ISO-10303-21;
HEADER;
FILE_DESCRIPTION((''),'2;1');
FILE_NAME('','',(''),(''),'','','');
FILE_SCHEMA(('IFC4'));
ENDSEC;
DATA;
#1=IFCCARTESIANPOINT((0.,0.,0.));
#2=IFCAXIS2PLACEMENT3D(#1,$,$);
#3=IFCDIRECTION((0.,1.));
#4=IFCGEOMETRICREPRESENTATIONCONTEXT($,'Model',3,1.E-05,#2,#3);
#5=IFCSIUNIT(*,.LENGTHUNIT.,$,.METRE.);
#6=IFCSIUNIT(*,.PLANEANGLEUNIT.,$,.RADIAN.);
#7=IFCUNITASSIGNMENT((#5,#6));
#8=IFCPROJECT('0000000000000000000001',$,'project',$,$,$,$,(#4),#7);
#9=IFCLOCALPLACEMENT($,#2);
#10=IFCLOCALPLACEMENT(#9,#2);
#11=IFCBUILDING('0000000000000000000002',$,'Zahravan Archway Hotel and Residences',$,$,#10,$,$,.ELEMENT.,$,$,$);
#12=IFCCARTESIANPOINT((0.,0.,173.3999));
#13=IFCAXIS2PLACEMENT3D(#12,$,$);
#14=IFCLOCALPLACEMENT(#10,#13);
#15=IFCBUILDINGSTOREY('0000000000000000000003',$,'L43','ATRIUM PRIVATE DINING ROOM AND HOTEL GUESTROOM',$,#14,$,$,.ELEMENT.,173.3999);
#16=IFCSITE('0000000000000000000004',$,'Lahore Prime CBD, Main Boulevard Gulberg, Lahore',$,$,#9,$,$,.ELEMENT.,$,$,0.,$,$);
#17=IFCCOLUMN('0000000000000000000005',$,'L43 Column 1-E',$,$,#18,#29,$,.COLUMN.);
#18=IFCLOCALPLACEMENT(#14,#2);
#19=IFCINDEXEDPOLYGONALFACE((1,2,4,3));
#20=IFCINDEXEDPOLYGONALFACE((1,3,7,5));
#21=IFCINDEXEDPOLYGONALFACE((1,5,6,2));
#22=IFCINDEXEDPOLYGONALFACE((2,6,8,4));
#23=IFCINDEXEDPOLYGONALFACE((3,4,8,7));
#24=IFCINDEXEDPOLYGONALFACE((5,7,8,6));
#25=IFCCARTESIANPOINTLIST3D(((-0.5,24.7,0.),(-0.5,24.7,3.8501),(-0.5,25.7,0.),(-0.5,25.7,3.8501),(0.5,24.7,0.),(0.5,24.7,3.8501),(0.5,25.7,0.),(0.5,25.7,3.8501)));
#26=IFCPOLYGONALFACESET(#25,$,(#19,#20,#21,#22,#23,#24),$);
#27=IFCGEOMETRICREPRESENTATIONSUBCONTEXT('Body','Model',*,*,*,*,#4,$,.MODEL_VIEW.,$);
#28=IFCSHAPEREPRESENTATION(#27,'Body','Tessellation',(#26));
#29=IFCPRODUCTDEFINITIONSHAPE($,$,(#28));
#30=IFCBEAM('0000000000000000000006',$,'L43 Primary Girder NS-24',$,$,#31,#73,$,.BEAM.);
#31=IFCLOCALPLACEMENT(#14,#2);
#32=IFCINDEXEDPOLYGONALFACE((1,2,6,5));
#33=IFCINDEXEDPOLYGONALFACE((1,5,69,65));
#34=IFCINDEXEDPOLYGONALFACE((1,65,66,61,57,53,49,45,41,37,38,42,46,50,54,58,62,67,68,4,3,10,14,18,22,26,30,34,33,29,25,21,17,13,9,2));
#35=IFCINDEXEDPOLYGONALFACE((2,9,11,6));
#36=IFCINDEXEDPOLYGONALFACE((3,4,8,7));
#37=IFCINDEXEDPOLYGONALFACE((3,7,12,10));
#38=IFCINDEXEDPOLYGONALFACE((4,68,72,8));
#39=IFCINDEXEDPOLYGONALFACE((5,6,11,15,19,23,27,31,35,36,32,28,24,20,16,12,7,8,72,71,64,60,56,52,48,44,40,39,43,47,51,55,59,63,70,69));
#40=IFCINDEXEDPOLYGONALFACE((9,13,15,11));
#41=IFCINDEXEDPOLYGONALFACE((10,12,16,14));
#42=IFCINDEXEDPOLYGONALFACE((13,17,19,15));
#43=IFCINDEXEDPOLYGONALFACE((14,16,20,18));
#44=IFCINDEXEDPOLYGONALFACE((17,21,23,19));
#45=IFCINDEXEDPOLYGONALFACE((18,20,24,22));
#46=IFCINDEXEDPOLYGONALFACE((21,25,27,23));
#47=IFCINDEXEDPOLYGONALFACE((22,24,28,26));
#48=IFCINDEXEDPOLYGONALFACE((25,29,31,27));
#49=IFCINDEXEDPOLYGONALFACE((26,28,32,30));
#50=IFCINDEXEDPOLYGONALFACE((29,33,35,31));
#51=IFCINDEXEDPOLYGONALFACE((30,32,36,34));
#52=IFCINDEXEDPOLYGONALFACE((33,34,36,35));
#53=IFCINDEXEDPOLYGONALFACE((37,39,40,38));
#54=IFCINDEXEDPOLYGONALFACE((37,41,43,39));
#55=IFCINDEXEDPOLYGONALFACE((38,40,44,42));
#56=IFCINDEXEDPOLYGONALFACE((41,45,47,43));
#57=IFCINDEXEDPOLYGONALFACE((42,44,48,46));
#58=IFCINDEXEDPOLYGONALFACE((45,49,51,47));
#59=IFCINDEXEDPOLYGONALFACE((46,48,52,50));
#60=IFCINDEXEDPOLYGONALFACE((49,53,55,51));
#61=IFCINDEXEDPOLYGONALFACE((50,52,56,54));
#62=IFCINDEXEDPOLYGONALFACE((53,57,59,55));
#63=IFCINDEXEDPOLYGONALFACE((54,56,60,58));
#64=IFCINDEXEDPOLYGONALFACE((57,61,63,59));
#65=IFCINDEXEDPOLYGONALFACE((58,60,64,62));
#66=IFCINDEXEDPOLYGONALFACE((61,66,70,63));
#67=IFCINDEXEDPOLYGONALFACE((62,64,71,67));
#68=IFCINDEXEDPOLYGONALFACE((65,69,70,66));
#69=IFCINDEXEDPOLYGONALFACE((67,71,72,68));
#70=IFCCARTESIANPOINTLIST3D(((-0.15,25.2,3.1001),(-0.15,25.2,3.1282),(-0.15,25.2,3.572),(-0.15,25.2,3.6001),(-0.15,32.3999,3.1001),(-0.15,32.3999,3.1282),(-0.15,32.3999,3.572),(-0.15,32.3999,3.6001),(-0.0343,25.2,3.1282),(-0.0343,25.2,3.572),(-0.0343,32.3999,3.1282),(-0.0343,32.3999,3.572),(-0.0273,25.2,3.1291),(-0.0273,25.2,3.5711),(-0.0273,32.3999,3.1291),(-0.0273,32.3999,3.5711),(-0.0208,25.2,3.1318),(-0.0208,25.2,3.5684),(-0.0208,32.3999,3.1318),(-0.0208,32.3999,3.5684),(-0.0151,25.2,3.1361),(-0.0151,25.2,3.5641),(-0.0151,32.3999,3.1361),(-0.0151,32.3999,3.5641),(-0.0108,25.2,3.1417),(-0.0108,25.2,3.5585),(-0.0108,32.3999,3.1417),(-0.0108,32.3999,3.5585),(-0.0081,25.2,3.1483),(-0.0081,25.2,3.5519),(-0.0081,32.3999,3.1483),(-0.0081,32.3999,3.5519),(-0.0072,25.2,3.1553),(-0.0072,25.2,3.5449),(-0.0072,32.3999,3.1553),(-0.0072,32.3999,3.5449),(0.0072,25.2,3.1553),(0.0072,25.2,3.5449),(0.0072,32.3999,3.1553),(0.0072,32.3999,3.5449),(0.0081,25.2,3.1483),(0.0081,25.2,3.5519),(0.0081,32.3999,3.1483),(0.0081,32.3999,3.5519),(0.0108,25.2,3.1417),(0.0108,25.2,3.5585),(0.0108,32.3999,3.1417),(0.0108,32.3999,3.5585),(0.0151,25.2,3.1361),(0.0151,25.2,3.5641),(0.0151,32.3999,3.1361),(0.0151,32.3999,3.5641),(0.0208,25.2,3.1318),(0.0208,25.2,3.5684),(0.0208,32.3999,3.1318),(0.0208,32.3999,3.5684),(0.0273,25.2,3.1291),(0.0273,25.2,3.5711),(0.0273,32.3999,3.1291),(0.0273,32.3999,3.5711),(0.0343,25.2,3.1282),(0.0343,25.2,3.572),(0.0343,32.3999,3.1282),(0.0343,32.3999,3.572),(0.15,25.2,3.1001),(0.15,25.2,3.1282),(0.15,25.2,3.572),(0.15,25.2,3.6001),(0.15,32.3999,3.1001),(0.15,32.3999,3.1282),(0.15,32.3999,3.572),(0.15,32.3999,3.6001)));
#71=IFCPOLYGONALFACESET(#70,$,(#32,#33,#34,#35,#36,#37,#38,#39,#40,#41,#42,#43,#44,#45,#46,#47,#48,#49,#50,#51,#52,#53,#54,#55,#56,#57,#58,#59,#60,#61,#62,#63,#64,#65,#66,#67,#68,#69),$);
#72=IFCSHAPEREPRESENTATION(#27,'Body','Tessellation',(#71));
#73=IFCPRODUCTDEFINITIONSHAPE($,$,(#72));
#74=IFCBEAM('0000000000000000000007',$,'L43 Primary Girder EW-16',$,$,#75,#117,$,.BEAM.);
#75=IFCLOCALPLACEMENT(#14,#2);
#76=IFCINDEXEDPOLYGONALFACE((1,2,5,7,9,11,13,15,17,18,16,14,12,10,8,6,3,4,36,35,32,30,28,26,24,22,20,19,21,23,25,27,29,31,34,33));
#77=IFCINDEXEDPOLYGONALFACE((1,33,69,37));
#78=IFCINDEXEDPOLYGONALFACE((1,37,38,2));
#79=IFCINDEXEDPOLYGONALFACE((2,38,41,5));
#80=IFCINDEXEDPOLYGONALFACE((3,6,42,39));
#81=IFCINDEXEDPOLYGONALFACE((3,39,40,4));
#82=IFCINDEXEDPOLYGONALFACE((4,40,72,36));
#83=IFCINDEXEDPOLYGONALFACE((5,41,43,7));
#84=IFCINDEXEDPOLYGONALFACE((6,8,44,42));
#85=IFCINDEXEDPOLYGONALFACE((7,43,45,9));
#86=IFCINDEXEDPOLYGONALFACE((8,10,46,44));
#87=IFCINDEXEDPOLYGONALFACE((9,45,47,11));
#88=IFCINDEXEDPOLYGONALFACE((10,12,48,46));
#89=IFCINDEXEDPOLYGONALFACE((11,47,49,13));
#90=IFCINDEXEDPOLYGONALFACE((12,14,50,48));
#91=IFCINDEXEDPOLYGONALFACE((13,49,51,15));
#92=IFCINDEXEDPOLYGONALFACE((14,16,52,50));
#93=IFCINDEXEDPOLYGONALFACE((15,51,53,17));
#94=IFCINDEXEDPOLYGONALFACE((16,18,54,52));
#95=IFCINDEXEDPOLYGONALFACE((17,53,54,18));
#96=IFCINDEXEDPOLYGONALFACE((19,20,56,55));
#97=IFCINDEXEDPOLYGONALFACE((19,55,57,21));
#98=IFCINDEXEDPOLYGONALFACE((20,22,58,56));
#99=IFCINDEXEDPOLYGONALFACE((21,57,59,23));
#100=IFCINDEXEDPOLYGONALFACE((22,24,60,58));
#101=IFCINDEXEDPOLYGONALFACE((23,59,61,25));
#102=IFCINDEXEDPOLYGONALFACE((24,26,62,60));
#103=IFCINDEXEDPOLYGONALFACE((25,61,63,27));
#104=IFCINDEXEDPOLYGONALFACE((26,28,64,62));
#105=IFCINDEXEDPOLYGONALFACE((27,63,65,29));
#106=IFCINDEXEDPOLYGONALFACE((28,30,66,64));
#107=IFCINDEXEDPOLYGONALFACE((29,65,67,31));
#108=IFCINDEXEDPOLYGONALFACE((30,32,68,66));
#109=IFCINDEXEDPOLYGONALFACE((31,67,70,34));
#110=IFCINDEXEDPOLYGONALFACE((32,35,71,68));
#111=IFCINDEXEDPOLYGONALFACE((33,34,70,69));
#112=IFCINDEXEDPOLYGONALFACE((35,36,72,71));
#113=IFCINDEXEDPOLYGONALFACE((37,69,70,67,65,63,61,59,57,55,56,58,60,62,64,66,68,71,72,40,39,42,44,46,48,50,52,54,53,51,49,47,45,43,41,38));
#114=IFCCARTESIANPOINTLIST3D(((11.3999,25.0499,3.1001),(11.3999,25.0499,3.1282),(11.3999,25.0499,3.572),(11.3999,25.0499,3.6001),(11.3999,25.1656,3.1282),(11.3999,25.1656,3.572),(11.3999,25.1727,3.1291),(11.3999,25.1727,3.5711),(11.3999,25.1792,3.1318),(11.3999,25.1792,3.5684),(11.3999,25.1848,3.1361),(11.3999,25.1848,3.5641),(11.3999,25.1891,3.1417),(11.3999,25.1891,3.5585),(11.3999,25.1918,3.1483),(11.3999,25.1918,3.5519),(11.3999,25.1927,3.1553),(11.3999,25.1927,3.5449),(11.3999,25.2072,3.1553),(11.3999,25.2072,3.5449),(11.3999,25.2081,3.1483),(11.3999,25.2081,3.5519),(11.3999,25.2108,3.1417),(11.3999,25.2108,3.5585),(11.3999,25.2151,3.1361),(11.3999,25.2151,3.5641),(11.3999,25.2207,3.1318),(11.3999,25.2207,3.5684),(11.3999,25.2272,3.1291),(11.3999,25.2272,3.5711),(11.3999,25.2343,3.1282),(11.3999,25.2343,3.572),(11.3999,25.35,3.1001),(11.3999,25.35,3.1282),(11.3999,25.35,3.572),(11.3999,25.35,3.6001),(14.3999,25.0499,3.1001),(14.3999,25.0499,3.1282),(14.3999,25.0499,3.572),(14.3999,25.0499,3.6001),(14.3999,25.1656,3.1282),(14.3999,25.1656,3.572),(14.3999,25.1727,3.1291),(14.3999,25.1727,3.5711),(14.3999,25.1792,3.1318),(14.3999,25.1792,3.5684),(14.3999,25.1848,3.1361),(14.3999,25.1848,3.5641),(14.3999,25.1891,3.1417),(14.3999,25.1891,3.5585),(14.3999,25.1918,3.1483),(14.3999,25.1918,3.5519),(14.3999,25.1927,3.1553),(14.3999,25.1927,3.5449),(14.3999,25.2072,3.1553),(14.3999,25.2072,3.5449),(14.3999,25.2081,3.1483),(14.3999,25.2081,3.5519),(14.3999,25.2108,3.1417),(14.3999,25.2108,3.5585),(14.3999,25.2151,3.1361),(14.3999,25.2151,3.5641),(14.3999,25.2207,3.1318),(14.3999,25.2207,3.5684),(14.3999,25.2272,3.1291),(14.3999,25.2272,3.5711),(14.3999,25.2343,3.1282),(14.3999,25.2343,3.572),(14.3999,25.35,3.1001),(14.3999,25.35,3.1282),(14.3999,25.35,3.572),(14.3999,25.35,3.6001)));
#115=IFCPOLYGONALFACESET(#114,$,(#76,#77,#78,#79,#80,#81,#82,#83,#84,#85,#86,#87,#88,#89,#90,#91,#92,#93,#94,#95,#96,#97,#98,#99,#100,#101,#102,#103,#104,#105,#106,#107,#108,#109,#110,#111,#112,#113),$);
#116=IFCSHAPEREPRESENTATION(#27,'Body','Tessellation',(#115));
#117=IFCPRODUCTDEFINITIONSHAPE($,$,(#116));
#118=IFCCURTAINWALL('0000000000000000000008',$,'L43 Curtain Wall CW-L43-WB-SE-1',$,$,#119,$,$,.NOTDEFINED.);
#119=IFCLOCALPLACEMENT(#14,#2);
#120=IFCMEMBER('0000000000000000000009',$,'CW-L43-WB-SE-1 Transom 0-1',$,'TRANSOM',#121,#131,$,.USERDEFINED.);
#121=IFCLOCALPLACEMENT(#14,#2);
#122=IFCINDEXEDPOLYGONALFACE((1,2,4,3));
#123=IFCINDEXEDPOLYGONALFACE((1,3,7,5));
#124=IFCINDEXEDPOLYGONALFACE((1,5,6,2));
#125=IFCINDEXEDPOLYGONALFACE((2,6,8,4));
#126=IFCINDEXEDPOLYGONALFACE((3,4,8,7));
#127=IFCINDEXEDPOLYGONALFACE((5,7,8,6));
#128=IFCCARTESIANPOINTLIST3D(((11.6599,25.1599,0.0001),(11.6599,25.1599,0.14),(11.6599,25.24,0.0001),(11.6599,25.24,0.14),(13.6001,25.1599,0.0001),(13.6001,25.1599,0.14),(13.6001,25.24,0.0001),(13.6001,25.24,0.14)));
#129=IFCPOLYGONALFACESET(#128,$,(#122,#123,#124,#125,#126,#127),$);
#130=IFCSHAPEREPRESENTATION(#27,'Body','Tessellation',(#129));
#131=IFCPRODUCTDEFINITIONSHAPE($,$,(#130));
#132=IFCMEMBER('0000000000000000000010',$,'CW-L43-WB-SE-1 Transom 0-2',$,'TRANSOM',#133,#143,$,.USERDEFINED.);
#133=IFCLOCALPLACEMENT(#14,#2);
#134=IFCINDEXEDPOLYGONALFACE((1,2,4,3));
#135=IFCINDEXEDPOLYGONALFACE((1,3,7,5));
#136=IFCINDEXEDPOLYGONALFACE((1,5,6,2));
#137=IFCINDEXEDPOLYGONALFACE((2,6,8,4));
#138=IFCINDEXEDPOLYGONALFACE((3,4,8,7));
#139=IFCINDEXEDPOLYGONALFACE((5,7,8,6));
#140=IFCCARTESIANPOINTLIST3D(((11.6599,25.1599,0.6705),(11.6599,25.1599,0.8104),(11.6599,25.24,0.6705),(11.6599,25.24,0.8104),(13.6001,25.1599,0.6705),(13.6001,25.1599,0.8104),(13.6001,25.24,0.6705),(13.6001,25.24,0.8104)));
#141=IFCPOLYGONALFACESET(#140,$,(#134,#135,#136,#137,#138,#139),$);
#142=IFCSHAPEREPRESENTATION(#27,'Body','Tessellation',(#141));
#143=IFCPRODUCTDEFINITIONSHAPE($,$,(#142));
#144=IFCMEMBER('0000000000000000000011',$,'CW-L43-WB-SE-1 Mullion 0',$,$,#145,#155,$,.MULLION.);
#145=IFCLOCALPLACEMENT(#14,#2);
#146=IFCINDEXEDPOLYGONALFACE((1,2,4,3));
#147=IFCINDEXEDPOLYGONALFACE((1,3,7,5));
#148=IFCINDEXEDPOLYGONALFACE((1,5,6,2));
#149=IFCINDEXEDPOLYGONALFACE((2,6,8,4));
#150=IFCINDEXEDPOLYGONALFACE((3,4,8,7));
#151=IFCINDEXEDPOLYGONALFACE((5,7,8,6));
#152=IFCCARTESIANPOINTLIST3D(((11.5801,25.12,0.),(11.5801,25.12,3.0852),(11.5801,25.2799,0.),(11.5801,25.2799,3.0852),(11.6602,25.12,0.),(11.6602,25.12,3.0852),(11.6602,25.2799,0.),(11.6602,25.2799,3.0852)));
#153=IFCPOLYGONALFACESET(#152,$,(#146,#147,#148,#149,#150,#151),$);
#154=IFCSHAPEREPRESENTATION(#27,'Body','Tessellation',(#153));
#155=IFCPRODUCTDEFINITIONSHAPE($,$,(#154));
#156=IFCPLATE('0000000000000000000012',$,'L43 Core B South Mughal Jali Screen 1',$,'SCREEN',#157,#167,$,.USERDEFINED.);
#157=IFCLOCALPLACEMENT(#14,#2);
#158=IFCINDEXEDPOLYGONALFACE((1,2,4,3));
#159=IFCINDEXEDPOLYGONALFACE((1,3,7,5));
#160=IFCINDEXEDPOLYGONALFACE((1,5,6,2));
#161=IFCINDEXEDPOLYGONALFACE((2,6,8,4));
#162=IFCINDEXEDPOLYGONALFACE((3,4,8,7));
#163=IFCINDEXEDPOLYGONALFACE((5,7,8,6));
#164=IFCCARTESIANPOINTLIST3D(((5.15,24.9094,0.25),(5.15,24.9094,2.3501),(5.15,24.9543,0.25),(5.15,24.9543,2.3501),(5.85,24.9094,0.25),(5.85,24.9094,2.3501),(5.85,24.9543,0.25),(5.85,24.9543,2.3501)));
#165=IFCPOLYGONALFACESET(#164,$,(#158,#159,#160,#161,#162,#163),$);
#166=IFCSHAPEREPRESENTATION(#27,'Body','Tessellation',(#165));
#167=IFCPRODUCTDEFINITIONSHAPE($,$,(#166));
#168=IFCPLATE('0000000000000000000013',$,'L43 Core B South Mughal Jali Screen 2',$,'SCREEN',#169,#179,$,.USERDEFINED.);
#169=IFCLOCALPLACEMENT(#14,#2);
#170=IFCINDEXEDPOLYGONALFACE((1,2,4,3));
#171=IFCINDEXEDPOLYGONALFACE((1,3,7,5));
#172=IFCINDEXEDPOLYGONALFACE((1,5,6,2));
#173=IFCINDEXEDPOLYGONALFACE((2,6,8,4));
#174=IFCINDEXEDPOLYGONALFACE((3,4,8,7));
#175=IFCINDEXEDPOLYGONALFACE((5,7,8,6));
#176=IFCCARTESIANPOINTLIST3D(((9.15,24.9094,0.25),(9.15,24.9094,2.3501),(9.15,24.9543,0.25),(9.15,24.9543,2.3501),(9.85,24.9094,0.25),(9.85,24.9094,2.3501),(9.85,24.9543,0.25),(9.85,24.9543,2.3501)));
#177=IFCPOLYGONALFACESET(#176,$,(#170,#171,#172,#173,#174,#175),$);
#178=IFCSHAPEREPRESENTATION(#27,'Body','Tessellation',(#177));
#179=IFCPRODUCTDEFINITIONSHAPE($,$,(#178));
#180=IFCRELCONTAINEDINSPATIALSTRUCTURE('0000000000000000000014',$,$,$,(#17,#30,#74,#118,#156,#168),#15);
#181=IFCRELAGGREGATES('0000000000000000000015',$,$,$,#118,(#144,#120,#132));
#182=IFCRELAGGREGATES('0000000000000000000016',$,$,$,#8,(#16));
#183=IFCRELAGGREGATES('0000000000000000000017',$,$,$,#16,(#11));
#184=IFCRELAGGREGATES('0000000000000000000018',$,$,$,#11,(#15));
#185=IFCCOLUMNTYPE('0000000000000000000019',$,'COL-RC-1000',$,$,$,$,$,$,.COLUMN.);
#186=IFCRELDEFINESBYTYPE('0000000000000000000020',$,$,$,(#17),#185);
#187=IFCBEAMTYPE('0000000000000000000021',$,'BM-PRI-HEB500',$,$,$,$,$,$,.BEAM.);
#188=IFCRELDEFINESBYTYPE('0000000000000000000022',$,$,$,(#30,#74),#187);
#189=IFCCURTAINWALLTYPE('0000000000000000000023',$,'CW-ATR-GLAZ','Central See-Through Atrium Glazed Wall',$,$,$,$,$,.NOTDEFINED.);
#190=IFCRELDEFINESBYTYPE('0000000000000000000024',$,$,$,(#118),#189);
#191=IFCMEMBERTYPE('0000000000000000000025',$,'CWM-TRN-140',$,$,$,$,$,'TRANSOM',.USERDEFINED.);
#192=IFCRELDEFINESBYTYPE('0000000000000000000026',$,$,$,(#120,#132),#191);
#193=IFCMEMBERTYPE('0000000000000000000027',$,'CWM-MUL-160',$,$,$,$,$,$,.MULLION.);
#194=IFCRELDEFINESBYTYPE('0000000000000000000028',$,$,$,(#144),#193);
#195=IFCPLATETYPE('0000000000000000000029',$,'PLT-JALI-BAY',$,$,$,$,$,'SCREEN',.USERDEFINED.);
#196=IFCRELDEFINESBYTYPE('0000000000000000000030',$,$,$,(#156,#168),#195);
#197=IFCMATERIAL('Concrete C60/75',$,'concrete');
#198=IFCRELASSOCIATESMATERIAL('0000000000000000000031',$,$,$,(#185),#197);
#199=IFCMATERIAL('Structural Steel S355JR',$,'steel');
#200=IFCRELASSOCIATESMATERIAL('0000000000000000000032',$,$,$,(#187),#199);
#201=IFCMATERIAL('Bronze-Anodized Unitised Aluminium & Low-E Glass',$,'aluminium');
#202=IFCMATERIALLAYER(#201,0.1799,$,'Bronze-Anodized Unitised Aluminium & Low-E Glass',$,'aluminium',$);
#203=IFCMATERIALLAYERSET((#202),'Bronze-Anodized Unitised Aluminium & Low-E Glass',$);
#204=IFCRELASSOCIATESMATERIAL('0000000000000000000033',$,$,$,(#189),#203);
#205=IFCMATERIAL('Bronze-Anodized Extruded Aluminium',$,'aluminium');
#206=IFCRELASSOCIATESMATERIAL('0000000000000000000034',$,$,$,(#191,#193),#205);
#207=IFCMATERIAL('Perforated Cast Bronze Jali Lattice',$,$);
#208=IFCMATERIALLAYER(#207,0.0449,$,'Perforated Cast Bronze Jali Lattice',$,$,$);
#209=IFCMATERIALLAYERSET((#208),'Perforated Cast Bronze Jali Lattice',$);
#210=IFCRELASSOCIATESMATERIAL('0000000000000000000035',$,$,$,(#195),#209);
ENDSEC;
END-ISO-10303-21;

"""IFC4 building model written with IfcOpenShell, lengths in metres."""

from ifc_helpers import new_model, si_unit, direction, frame, origin, origin_2d, place, context, subcontext, project, spatial, rectangle, i_section, extrude, source, transform, mapped, material, layer, layer_set, material_profile, profile_set, type_object, type_shapes, element, aggregate, save


model = new_model("IFC4")

# Units and contexts
model_context = context("Model", 3, precision=1e-05, world=origin(), true_north=direction((0.0, 1.0)))
body_context = subcontext(model_context, "Body", "Model", "MODEL_VIEW")
ifc_project = project(units=[si_unit("LENGTHUNIT", "METRE"), si_unit("PLANEANGLEUNIT", "RADIAN")], contexts=[model_context])

# Site, building, storey
site_placement = place(None, origin())
site = spatial("IfcSite", under=ifc_project, at=site_placement, Name="Lahore Prime CBD, Main Boulevard Gulberg, Lahore", CompositionType="ELEMENT", RefElevation=0.0)
building_placement = place(site_placement, origin())
building = spatial("IfcBuilding", under=site, at=building_placement, Name="Zahravan Archway Hotel and Residences", CompositionType="ELEMENT")
storey_placement = place(building_placement, frame((0.0, 0.0, 173.3999)))
storey = spatial("IfcBuildingStorey", under=building, at=storey_placement, Name="L43", Description="ATRIUM PRIVATE DINING ROOM AND HOTEL GUESTROOM", CompositionType="ELEMENT", Elevation=173.3999)

# Column
ifc_material_1 = material(Name="Concrete C60/75", Category="concrete")
ifc_material_profile_1 = material_profile(ifc_material_1, rectangle(XDim=1.0, YDim=1.0, at=origin_2d()), Name="RC-COL-1000x1000", Category="concrete")
ifc_profile_set_1 = profile_set([ifc_material_profile_1], Name="Concrete C60/75")
column_type = type_object("IfcColumnType", Name="COL-RC-1000", PredefinedType="COLUMN", material=ifc_profile_set_1)
shared_shape_1 = source(origin(), body_context, "Body", "SweptSolid", [
    extrude(rectangle(XDim=1.0, YDim=1.0, at=origin_2d()), origin(), (0.0, 0.0, 1.0), 3.8501),
])
column_placement = place(storey_placement, frame((0.0, 25.2, 0.0), z_axis=(0.0, 0.0, 1.0), x_axis=(1.0, 0.0, 0.0)))
element("IfcColumn", 1, at=column_placement, inside=storey, type_object=column_type, Name="L43 Column 1-E", PredefinedType="COLUMN", context=body_context, shape_type="MappedRepresentation", body=[
    mapped(shared_shape_1, transform((0.0, 0.0, 0.0), scale=1.0)),
])

# Beams
ifc_material_2 = material(Name="Structural Steel S355JR", Category="steel")
ifc_material_profile_2 = material_profile(ifc_material_2, i_section(OverallWidth=0.3, OverallDepth=0.5, WebThickness=0.0144, FlangeThickness=0.0281, FilletRadius=0.0271, at=origin_2d()), Name="HEB 500", Category="steel")
ifc_profile_set_2 = profile_set([ifc_material_profile_2], Name="Structural Steel S355JR")
beam_type = type_object("IfcBeamType", Name="BM-PRI-HEB500", PredefinedType="BEAM", material=ifc_profile_set_2)
shared_shape_2 = source(origin(), body_context, "Body", "SweptSolid", [
    extrude(i_section(OverallWidth=0.3, OverallDepth=0.5, WebThickness=0.0144, FlangeThickness=0.0281, FilletRadius=0.0271, at=origin_2d()), origin(), (0.0, 0.0, 1.0), 7.2),
])
beam_1_placement = place(storey_placement, frame((0.0, 25.2, 3.3501), z_axis=(0.0, 1.0, 0.0), x_axis=(-1.0, 0.0, 0.0)))
element("IfcBeam", 2, at=beam_1_placement, inside=storey, type_object=beam_type, Name="L43 Primary Girder NS-24", PredefinedType="BEAM", context=body_context, shape_type="MappedRepresentation", body=[
    mapped(shared_shape_2, transform((0.0, 0.0, 0.0), scale=1.0)),
])
shared_shape_3 = source(origin(), body_context, "Body", "SweptSolid", [
    extrude(i_section(OverallWidth=0.3, OverallDepth=0.5, WebThickness=0.0144, FlangeThickness=0.0281, FilletRadius=0.0271, at=origin_2d()), origin(), (0.0, 0.0, 1.0), 3.0),
])
beam_2_placement = place(storey_placement, frame((11.3999, 25.2, 3.3501), z_axis=(1.0, 0.0, 0.0), x_axis=(0.0, 1.0, 0.0)))
element("IfcBeam", 3, at=beam_2_placement, inside=storey, type_object=beam_type, Name="L43 Primary Girder EW-16", PredefinedType="BEAM", context=body_context, shape_type="MappedRepresentation", body=[
    mapped(shared_shape_3, transform((0.0, 0.0, 0.0), scale=1.0)),
])

# Curtain wall, members
ifc_material_3 = material(Name="Bronze-Anodized Unitised Aluminium & Low-E Glass", Category="aluminium")
ifc_layer_1 = layer(ifc_material_3, 0.1799, Name="Bronze-Anodized Unitised Aluminium & Low-E Glass", Category="aluminium")
ifc_layer_set_1 = layer_set([ifc_layer_1], Name="Bronze-Anodized Unitised Aluminium & Low-E Glass")
curtain_wall_type = type_object("IfcCurtainWallType", Name="CW-ATR-GLAZ", Description="Central See-Through Atrium Glazed Wall", PredefinedType="NOTDEFINED", material=ifc_layer_set_1)
curtain_wall_placement = place(storey_placement, origin())
curtain_wall = element("IfcCurtainWall", 4, at=curtain_wall_placement, inside=storey, type_object=curtain_wall_type, Name="L43 Curtain Wall CW-L43-WB-SE-1", PredefinedType="NOTDEFINED")
ifc_material_4 = material(Name="Bronze-Anodized Extruded Aluminium", Category="aluminium")
ifc_material_profile_3 = material_profile(ifc_material_4, rectangle(XDim=0.0801, YDim=0.1399, at=origin_2d()), Name="TRN 80x140", Category="aluminium")
ifc_profile_set_3 = profile_set([ifc_material_profile_3], Name="Bronze-Anodized Extruded Aluminium")
member_type_1 = type_object("IfcMemberType", Name="CWM-TRN-140", ElementType="TRANSOM", PredefinedType="USERDEFINED", material=ifc_profile_set_3)
shared_shape_4 = source(origin(), body_context, "Body", "SweptSolid", [
    extrude(rectangle(XDim=0.0801, YDim=0.1399, at=origin_2d()), origin(), (0.0, 0.0, 1.0), 1.9402),
])
member_1_placement = place(storey_placement, frame((11.6599, 25.2, 0.0701), z_axis=(1.0, 0.0, 0.0), x_axis=(0.0, 1.0, 0.0)))
member_1 = element("IfcMember", 5, at=member_1_placement, type_object=member_type_1, Name="CW-L43-WB-SE-1 Transom 0-1", ObjectType="TRANSOM", PredefinedType="USERDEFINED", context=body_context, shape_type="MappedRepresentation", body=[
    mapped(shared_shape_4, transform((0.0, 0.0, 0.0), scale=1.0)),
])
member_2_placement = place(storey_placement, frame((11.6599, 25.2, 0.7405), z_axis=(1.0, 0.0, 0.0), x_axis=(0.0, 1.0, 0.0)))
member_2 = element("IfcMember", 6, at=member_2_placement, type_object=member_type_1, Name="CW-L43-WB-SE-1 Transom 0-2", ObjectType="TRANSOM", PredefinedType="USERDEFINED", context=body_context, shape_type="MappedRepresentation", body=[
    mapped(shared_shape_4, transform((0.0, 0.0, 0.0), scale=1.0)),
])
ifc_material_profile_4 = material_profile(ifc_material_4, rectangle(XDim=0.0801, YDim=0.1599, at=origin_2d()), Name="MUL 80x160", Category="aluminium")
ifc_profile_set_4 = profile_set([ifc_material_profile_4], Name="Bronze-Anodized Extruded Aluminium")
member_type_2 = type_object("IfcMemberType", Name="CWM-MUL-160", PredefinedType="MULLION", material=ifc_profile_set_4)
shared_shape_5 = source(origin(), body_context, "Body", "SweptSolid", [
    extrude(rectangle(XDim=0.0801, YDim=0.1599, at=origin_2d()), origin(), (0.0, 0.0, 1.0), 3.0852),
])
member_3_placement = place(storey_placement, frame((11.6201, 25.2, 0.0), z_axis=(0.0, 0.0, 1.0), x_axis=(1.0, 0.0, 0.0)))
member_3 = element("IfcMember", 7, at=member_3_placement, type_object=member_type_2, Name="CW-L43-WB-SE-1 Mullion 0", PredefinedType="MULLION", context=body_context, shape_type="MappedRepresentation", body=[
    mapped(shared_shape_5, transform((0.0, 0.0, 0.0), scale=1.0)),
])
aggregate(curtain_wall, [member_3, member_1, member_2])

# Plates
ifc_material_5 = material(Name="Perforated Cast Bronze Jali Lattice")
ifc_layer_2 = layer(ifc_material_5, 0.0449, Name="Perforated Cast Bronze Jali Lattice")
ifc_layer_set_2 = layer_set([ifc_layer_2], Name="Perforated Cast Bronze Jali Lattice")
plate_type = type_object("IfcPlateType", Name="PLT-JALI-BAY", ElementType="SCREEN", PredefinedType="USERDEFINED", material=ifc_layer_set_2)
shared_shape_6 = source(origin(), body_context, "Body", "SweptSolid", [
    extrude(rectangle(XDim=0.7, YDim=0.0449, at=origin_2d()), origin(), (0.0, 0.0, 1.0), 2.1001),
])
type_shapes(plate_type, [shared_shape_6])
for number, where, z_axis, x_axis, name in (
    (8, (5.5, 24.9319, 0.25), (0.0, 0.0, 1.0), (1.0, 0.0, 0.0), "L43 Core B South Mughal Jali Screen 1"),
    (9, (9.5, 24.9319, 0.25), (0.0, 0.0, 1.0), (1.0, 0.0, 0.0), "L43 Core B South Mughal Jali Screen 2"),
):
    element("IfcPlate", number, at=place(storey_placement, frame(where, z_axis=z_axis, x_axis=x_axis)), inside=storey, type_object=plate_type, Name=name, ObjectType="SCREEN", PredefinedType="USERDEFINED", context=body_context, shape_type="MappedRepresentation", body=[
        mapped(shared_shape_6, transform((0.0, 0.0, 0.0), scale=1.0)),
    ])

save(model, "model.ifc")
